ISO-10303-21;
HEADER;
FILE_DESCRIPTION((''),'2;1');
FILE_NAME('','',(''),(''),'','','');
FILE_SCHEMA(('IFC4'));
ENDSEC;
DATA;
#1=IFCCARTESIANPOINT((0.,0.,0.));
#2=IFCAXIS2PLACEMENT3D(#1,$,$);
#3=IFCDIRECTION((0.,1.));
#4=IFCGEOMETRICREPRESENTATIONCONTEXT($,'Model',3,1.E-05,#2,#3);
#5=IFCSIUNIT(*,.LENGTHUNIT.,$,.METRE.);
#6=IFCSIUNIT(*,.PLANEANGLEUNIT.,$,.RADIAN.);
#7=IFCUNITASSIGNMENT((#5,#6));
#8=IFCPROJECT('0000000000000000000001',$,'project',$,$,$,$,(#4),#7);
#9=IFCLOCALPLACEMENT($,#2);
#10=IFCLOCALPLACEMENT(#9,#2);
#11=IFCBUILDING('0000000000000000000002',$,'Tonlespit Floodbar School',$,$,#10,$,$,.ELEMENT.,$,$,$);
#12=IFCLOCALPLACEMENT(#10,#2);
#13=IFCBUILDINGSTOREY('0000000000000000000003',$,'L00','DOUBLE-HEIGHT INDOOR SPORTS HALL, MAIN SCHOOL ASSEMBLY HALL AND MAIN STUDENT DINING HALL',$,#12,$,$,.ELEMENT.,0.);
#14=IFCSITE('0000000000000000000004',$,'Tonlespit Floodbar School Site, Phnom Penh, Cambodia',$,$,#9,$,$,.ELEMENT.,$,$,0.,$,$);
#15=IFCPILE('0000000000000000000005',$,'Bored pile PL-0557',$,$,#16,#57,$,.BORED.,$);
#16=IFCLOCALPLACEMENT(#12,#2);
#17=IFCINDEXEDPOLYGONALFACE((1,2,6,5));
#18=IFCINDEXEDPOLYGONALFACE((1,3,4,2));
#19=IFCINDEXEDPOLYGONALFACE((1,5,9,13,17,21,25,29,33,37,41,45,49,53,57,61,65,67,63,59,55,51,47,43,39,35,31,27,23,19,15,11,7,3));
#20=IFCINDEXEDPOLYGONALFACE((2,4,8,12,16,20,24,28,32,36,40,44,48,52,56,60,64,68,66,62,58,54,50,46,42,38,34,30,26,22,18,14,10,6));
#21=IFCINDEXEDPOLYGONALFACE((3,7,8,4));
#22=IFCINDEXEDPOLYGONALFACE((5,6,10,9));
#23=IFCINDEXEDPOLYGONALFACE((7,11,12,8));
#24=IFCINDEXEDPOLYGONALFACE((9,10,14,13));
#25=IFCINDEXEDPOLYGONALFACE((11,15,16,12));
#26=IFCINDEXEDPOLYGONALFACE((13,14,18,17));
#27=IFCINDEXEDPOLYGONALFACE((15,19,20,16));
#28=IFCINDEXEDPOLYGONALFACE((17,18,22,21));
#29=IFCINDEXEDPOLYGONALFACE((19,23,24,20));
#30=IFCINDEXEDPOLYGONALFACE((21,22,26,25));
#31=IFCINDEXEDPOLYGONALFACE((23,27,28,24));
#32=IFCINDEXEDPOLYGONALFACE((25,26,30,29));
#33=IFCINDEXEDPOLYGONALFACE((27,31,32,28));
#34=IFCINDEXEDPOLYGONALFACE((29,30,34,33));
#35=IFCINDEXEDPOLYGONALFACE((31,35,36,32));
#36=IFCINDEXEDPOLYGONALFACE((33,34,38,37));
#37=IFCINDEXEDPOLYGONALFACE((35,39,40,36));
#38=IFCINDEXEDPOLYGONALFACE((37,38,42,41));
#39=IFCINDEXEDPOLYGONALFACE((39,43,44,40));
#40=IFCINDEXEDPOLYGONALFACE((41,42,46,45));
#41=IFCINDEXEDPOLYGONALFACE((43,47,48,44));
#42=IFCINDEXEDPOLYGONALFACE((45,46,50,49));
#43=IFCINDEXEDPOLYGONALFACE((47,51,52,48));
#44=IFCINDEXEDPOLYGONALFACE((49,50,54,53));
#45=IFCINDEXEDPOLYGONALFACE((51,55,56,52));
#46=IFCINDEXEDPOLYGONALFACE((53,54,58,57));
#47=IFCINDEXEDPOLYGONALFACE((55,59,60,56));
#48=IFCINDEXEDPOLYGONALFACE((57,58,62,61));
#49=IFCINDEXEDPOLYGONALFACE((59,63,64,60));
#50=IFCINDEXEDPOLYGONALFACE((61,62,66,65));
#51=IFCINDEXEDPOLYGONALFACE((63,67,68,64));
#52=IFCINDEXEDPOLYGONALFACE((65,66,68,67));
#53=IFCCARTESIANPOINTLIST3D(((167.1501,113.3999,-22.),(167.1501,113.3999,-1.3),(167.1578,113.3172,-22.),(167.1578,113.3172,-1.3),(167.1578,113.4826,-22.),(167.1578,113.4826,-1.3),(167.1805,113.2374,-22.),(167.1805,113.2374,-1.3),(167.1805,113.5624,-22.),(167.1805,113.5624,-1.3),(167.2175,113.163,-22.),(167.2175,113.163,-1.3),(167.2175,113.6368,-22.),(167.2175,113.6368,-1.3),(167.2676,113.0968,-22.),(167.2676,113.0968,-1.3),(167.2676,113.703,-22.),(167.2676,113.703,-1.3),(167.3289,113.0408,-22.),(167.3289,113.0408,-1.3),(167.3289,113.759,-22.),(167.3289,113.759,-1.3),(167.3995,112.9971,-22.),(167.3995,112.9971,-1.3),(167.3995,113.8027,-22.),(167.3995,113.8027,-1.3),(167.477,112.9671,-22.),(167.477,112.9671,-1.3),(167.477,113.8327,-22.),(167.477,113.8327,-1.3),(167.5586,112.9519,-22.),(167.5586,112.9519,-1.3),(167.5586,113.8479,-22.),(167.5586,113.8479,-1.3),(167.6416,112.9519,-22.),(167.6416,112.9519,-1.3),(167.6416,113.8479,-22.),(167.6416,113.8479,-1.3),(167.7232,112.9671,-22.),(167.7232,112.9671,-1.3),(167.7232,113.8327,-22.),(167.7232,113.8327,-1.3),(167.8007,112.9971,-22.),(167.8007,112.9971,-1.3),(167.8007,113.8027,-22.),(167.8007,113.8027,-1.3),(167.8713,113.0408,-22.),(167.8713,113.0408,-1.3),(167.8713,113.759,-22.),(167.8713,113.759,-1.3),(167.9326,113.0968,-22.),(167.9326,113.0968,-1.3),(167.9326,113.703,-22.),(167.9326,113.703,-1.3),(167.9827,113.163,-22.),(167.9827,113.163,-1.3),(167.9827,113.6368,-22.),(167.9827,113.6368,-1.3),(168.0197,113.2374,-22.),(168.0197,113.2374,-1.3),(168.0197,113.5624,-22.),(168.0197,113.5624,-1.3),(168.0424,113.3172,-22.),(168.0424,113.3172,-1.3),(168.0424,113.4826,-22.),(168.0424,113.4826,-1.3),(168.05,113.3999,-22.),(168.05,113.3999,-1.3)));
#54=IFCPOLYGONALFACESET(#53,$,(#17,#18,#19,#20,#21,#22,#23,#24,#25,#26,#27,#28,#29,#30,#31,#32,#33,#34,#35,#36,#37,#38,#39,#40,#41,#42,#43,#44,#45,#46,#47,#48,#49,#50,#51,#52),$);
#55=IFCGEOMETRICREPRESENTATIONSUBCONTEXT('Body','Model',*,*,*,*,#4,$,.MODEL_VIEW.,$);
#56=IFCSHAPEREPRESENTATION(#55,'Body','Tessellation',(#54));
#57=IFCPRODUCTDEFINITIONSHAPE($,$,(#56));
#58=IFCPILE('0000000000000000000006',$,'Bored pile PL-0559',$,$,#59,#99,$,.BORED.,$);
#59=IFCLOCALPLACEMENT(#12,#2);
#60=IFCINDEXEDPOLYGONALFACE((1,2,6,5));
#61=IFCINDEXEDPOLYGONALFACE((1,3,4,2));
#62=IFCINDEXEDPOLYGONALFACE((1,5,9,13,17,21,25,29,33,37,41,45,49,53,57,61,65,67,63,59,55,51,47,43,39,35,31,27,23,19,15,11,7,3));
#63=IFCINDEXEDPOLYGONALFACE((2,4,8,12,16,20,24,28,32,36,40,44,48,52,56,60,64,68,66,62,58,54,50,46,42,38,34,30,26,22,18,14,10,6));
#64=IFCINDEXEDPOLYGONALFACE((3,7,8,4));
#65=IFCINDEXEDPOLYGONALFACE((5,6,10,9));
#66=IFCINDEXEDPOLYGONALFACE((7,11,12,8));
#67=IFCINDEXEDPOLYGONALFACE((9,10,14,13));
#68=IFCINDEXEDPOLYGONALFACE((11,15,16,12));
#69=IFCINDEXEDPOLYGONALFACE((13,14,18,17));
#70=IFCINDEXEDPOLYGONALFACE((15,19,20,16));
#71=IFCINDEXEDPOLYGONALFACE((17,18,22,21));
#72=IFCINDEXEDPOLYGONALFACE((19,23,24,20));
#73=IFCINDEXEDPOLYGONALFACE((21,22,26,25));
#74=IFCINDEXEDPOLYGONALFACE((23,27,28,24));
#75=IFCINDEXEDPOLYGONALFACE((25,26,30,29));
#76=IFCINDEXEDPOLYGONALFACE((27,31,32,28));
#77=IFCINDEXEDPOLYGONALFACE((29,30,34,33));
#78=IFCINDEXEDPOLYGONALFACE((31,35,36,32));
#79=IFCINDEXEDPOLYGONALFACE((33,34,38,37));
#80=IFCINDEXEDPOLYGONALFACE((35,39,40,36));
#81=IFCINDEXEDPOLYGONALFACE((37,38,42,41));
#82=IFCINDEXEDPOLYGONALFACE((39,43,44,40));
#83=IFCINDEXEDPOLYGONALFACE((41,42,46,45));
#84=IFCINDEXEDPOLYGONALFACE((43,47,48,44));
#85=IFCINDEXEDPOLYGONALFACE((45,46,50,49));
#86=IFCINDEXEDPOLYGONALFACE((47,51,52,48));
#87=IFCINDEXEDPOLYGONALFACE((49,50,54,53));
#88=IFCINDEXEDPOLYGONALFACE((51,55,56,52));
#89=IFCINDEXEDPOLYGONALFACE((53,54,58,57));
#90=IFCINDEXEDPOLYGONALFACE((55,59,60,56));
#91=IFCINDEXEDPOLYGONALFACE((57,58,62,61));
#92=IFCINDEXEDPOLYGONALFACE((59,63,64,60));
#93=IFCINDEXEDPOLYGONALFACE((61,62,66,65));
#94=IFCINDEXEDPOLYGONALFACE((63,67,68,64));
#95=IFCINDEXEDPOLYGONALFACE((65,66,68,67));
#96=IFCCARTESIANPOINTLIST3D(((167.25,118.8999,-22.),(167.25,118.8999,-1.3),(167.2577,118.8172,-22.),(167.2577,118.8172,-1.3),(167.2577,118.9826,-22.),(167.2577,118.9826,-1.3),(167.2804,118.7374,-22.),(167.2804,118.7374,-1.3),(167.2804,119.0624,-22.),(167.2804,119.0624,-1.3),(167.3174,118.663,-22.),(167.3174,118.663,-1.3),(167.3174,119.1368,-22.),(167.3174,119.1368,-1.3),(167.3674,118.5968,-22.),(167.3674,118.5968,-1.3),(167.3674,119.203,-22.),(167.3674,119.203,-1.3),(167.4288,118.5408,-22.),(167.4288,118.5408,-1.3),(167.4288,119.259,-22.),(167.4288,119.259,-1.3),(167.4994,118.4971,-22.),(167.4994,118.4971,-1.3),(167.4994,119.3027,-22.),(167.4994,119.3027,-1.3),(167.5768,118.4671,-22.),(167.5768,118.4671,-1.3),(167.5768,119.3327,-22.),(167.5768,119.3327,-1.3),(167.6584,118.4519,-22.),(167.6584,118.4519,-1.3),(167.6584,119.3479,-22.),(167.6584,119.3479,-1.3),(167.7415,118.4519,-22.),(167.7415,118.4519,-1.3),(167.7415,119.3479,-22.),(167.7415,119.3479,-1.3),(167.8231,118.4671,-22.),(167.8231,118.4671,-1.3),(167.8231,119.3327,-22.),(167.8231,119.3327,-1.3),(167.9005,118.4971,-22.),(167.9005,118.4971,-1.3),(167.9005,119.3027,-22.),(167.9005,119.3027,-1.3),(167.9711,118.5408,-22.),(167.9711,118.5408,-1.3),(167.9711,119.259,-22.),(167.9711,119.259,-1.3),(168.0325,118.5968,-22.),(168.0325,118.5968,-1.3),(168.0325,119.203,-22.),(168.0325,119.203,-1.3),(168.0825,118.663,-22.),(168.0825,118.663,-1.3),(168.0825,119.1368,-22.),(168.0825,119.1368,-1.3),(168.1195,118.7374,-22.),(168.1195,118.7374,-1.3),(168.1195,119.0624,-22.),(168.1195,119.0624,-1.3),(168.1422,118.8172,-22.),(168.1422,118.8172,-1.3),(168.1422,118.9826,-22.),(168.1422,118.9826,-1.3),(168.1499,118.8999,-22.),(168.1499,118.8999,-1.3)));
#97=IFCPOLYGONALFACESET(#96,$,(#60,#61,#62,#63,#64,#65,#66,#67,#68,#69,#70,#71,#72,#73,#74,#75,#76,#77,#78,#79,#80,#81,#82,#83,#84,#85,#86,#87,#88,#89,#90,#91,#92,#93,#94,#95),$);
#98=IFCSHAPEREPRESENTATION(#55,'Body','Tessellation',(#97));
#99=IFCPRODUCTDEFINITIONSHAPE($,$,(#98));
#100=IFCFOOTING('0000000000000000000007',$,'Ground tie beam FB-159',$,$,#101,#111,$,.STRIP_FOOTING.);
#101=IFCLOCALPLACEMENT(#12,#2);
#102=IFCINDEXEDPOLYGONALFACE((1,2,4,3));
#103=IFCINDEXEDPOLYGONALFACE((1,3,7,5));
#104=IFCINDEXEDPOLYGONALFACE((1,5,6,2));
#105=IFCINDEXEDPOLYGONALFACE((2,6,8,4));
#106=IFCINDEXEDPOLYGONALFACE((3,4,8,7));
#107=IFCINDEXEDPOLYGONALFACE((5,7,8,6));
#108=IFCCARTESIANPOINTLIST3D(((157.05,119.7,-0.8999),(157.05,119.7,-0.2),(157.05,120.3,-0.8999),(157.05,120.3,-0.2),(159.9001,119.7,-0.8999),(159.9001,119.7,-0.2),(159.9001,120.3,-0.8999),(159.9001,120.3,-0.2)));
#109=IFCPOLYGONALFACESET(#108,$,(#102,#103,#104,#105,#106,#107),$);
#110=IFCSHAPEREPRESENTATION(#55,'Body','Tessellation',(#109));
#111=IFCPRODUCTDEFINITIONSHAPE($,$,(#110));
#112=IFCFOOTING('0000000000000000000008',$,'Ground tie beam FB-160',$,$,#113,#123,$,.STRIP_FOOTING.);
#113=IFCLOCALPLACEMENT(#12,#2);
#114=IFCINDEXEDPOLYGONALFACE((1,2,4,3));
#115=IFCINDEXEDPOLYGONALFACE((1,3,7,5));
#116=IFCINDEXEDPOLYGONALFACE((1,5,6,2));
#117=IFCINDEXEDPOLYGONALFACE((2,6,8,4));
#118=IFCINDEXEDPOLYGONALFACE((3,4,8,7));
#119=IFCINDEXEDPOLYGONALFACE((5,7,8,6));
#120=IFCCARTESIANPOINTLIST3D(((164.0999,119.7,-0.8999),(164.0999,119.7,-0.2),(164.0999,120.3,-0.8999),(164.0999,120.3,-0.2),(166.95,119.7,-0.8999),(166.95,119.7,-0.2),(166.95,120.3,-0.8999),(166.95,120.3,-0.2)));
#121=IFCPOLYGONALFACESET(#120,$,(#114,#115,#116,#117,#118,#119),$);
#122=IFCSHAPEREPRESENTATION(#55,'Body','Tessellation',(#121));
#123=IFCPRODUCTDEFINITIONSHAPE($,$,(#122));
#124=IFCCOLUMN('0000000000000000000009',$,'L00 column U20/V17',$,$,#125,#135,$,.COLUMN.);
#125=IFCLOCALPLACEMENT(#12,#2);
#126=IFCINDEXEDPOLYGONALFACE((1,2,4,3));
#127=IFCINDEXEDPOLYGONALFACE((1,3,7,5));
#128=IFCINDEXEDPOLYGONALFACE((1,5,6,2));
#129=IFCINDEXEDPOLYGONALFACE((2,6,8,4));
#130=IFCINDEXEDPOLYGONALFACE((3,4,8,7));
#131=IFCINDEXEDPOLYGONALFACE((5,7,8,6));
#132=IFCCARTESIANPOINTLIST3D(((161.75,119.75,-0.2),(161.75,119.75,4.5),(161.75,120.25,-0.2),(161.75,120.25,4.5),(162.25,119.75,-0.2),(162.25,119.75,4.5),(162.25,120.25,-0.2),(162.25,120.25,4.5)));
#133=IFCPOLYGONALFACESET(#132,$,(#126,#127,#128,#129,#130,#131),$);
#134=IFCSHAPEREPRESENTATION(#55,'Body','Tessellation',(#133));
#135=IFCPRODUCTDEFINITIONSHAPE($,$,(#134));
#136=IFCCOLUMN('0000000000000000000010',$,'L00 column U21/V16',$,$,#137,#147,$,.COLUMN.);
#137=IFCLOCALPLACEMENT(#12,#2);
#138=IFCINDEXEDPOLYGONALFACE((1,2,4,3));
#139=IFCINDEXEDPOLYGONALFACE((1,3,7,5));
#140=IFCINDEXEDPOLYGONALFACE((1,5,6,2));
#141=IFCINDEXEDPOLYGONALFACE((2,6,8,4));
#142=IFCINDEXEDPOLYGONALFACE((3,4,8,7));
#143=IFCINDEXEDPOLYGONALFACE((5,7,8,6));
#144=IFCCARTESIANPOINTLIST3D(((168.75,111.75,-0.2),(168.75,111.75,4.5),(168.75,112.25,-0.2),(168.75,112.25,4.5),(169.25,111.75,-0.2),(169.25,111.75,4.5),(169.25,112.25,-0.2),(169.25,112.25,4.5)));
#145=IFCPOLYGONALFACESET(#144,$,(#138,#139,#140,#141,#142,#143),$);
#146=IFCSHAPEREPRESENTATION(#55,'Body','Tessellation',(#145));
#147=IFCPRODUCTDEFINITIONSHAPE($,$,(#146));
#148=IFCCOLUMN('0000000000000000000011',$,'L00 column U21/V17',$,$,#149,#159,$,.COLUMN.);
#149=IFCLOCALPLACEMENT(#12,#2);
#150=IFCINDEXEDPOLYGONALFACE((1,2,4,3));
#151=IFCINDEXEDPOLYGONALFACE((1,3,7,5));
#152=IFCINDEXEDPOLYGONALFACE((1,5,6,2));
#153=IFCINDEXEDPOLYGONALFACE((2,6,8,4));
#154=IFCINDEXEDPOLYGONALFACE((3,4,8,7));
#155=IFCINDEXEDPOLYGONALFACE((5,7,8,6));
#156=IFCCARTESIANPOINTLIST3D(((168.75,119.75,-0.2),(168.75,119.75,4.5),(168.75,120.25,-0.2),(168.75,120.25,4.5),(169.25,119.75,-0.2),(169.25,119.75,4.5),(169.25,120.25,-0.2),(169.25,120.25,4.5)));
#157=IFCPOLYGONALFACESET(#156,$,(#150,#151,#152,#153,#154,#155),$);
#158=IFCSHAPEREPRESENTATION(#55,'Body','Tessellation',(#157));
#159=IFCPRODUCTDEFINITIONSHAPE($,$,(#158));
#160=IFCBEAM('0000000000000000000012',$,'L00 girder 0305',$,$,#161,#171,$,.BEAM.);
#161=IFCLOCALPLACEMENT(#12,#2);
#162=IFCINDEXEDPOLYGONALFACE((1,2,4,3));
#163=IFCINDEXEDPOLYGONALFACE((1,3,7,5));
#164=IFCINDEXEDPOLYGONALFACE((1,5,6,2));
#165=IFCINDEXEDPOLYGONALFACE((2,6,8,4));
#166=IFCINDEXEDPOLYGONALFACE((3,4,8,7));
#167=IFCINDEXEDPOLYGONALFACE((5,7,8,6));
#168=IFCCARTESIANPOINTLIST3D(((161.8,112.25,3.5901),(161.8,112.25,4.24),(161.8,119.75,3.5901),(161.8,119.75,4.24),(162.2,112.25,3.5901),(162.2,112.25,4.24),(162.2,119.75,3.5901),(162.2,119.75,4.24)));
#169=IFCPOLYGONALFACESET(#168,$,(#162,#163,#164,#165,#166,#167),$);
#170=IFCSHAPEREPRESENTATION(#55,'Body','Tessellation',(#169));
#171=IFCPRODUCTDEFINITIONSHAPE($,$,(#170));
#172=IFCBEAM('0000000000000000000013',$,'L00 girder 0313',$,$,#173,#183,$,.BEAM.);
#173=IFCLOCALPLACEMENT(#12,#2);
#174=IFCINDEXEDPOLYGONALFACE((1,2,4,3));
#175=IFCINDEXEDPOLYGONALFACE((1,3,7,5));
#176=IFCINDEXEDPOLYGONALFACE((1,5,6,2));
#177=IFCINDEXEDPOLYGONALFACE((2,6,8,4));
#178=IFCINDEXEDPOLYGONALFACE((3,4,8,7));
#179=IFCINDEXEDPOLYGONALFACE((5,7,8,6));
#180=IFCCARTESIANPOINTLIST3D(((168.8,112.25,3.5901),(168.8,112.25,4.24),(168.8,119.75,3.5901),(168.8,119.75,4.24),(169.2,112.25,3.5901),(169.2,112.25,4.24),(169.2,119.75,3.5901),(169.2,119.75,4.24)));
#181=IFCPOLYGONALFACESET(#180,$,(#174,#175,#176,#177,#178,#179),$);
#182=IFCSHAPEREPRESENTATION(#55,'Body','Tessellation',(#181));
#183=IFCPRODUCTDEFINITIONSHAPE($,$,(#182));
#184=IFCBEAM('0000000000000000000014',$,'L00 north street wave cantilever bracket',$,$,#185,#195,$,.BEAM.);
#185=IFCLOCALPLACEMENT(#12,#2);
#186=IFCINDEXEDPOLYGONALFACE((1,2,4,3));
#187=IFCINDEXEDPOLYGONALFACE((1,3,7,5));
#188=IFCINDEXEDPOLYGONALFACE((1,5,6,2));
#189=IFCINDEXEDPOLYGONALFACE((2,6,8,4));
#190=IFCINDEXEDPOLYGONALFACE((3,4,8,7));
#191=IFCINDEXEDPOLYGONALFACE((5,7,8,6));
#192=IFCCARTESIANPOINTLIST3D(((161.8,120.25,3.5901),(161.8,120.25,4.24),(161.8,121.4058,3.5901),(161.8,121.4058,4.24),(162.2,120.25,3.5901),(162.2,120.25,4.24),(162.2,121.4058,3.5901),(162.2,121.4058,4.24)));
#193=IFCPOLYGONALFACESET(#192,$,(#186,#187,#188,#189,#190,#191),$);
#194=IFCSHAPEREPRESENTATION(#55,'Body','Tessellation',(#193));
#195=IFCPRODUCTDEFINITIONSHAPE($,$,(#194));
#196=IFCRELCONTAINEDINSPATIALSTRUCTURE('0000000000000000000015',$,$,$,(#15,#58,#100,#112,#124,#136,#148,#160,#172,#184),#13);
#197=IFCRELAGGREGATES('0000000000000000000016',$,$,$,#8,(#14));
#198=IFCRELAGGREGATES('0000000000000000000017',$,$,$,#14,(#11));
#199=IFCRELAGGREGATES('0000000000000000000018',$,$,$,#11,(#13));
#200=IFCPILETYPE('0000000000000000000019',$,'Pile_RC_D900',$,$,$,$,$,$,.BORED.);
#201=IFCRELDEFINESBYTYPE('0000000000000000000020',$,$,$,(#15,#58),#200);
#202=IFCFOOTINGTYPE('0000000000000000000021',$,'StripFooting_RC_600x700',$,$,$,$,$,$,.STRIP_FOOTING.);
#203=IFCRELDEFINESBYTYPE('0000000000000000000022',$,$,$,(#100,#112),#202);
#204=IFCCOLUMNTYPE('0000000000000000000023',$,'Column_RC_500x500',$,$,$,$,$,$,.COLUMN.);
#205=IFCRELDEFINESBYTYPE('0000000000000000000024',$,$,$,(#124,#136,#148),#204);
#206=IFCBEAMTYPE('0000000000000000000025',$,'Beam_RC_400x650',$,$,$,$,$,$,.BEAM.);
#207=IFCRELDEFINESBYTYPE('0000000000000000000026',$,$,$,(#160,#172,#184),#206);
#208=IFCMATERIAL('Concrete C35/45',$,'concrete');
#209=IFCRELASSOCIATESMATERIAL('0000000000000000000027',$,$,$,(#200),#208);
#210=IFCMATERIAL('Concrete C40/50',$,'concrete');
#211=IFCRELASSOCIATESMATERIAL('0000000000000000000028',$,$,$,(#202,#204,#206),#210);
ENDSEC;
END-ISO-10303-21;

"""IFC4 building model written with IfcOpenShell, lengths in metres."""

from ifc_helpers import new_model, si_unit, direction, frame, origin, origin_2d, place, context, subcontext, project, spatial, rectangle, circle, extrude, material, material_profile, profile_set, type_object, element, save


model = new_model("IFC4")

# Units and contexts
model_context = context("Model", 3, precision=1e-05, world=origin(), true_north=direction((0.0, 1.0)))
body_context = subcontext(model_context, "Body", "Model", "MODEL_VIEW")
ifc_project = project(units=[si_unit("LENGTHUNIT", "METRE"), si_unit("PLANEANGLEUNIT", "RADIAN")], contexts=[model_context])

# Site, building, storey
site_placement = place(None, origin())
site = spatial("IfcSite", under=ifc_project, at=site_placement, Name="Tonlespit Floodbar School Site, Phnom Penh, Cambodia", CompositionType="ELEMENT", RefElevation=0.0)
building_placement = place(site_placement, origin())
building = spatial("IfcBuilding", under=site, at=building_placement, Name="Tonlespit Floodbar School", CompositionType="ELEMENT")
storey_placement = place(building_placement, origin())
storey = spatial("IfcBuildingStorey", under=building, at=storey_placement, Name="L00", Description="DOUBLE-HEIGHT INDOOR SPORTS HALL, MAIN SCHOOL ASSEMBLY HALL AND MAIN STUDENT DINING HALL", CompositionType="ELEMENT", Elevation=0.0)

# Shared definitions
ifc_material_1 = material(Name="Concrete C40/50", Category="concrete")

# Piles
ifc_material_2 = material(Name="Concrete C35/45", Category="concrete")
ifc_material_profile_1 = material_profile(ifc_material_2, circle(Radius=0.45, at=origin_2d()), Name="BP D900")
ifc_profile_set_1 = profile_set([ifc_material_profile_1], Name="Concrete C35/45")
pile_type = type_object("IfcPileType", Name="Pile_RC_D900", PredefinedType="BORED", material=ifc_profile_set_1)
for number, where, z_axis, x_axis, name in (
    (1, (167.6001, 113.3999, -1.3), (0.0, 0.0, -1.0), (1.0, 0.0, 0.0), "Bored pile PL-0557"),
    (2, (167.7, 118.8999, -1.3), (0.0, 0.0, -1.0), (1.0, 0.0, 0.0), "Bored pile PL-0559"),
):
    element("IfcPile", number, at=place(storey_placement, frame(where, z_axis=z_axis, x_axis=x_axis)), inside=storey, type_object=pile_type, Name=name, PredefinedType="BORED", context=body_context, shape_type="SweptSolid", body=[
        extrude(circle(Radius=0.45, at=origin_2d()), origin(), (0.0, 0.0, 1.0), 20.7),
    ])

# Footings
footing_type_1 = type_object("IfcFootingType", Name="StripFooting_RC_600x700", PredefinedType="STRIP_FOOTING", material=ifc_material_1)
for number, where, z_axis, x_axis, name in (
    (3, (158.4751, 120.0, -0.8999), (0.0, 0.0, 1.0), (1.0, 0.0, 0.0), "Ground tie beam FB-159"),
    (4, (165.5249, 120.0, -0.8999), (0.0, 0.0, 1.0), (1.0, 0.0, 0.0), "Ground tie beam FB-160"),
):
    element("IfcFooting", number, at=place(storey_placement, frame(where, z_axis=z_axis, x_axis=x_axis)), inside=storey, type_object=footing_type_1, Name=name, PredefinedType="STRIP_FOOTING", context=body_context, shape_type="SweptSolid", body=[
        extrude(rectangle(XDim=2.8501, YDim=0.6001, at=origin_2d()), origin(), (0.0, 0.0, 1.0), 0.7),
    ])

# Columns
ifc_material_profile_2 = material_profile(ifc_material_1, rectangle(XDim=0.5, YDim=0.5, at=origin_2d()), Name="RC 500x500")
ifc_profile_set_2 = profile_set([ifc_material_profile_2], Name="Concrete C40/50")
column_type = type_object("IfcColumnType", Name="Column_RC_500x500", PredefinedType="COLUMN", material=ifc_profile_set_2)
for number, where, z_axis, x_axis, name in (
    (5, (162.0, 120.0, -0.2), (0.0, 0.0, 1.0), (1.0, 0.0, 0.0), "L00 column U20/V17"),
    (6, (169.0, 112.0, -0.2), (0.0, 0.0, 1.0), (1.0, 0.0, 0.0), "L00 column U21/V16"),
    (7, (169.0, 120.0, -0.2), (0.0, 0.0, 1.0), (1.0, 0.0, 0.0), "L00 column U21/V17"),
):
    element("IfcColumn", number, at=place(storey_placement, frame(where, z_axis=z_axis, x_axis=x_axis)), inside=storey, type_object=column_type, Name=name, PredefinedType="COLUMN", context=body_context, shape_type="SweptSolid", body=[
        extrude(rectangle(XDim=0.5, YDim=0.5, at=origin_2d()), origin(), (0.0, 0.0, 1.0), 4.7),
    ])

# Beams
ifc_material_profile_3 = material_profile(ifc_material_1, rectangle(XDim=0.3999, YDim=0.6499, at=origin_2d()), Name="RC 400x650")
ifc_profile_set_3 = profile_set([ifc_material_profile_3], Name="Concrete C40/50")
beam_type_1 = type_object("IfcBeamType", Name="Beam_RC_400x650", PredefinedType="BEAM", material=ifc_profile_set_3)
for number, where, z_axis, x_axis, name in (
    (8, (162.0, 112.25, 3.915), (0.0, 1.0, 0.0), (-1.0, 0.0, 0.0), "L00 girder 0305"),
    (9, (169.0, 112.25, 3.915), (0.0, 1.0, 0.0), (-1.0, 0.0, 0.0), "L00 girder 0313"),
):
    element("IfcBeam", number, at=place(storey_placement, frame(where, z_axis=z_axis, x_axis=x_axis)), inside=storey, type_object=beam_type_1, Name=name, PredefinedType="BEAM", context=body_context, shape_type="SweptSolid", body=[
        extrude(rectangle(XDim=0.3999, YDim=0.6499, at=origin_2d()), origin(), (0.0, 0.0, 1.0), 7.5),
    ])
beam_1_placement = place(storey_placement, frame((162.0, 120.25, 3.915), z_axis=(0.0, 1.0, 0.0), x_axis=(-1.0, 0.0, 0.0)))
element("IfcBeam", 10, at=beam_1_placement, inside=storey, type_object=beam_type_1, Name="L00 north street wave cantilever bracket", PredefinedType="BEAM", context=body_context, shape_type="SweptSolid", body=[
    extrude(rectangle(XDim=0.3999, YDim=0.6499, at=origin_2d()), origin(), (0.0, 0.0, 1.0), 1.1558),
])

save(model, "model.ifc")
